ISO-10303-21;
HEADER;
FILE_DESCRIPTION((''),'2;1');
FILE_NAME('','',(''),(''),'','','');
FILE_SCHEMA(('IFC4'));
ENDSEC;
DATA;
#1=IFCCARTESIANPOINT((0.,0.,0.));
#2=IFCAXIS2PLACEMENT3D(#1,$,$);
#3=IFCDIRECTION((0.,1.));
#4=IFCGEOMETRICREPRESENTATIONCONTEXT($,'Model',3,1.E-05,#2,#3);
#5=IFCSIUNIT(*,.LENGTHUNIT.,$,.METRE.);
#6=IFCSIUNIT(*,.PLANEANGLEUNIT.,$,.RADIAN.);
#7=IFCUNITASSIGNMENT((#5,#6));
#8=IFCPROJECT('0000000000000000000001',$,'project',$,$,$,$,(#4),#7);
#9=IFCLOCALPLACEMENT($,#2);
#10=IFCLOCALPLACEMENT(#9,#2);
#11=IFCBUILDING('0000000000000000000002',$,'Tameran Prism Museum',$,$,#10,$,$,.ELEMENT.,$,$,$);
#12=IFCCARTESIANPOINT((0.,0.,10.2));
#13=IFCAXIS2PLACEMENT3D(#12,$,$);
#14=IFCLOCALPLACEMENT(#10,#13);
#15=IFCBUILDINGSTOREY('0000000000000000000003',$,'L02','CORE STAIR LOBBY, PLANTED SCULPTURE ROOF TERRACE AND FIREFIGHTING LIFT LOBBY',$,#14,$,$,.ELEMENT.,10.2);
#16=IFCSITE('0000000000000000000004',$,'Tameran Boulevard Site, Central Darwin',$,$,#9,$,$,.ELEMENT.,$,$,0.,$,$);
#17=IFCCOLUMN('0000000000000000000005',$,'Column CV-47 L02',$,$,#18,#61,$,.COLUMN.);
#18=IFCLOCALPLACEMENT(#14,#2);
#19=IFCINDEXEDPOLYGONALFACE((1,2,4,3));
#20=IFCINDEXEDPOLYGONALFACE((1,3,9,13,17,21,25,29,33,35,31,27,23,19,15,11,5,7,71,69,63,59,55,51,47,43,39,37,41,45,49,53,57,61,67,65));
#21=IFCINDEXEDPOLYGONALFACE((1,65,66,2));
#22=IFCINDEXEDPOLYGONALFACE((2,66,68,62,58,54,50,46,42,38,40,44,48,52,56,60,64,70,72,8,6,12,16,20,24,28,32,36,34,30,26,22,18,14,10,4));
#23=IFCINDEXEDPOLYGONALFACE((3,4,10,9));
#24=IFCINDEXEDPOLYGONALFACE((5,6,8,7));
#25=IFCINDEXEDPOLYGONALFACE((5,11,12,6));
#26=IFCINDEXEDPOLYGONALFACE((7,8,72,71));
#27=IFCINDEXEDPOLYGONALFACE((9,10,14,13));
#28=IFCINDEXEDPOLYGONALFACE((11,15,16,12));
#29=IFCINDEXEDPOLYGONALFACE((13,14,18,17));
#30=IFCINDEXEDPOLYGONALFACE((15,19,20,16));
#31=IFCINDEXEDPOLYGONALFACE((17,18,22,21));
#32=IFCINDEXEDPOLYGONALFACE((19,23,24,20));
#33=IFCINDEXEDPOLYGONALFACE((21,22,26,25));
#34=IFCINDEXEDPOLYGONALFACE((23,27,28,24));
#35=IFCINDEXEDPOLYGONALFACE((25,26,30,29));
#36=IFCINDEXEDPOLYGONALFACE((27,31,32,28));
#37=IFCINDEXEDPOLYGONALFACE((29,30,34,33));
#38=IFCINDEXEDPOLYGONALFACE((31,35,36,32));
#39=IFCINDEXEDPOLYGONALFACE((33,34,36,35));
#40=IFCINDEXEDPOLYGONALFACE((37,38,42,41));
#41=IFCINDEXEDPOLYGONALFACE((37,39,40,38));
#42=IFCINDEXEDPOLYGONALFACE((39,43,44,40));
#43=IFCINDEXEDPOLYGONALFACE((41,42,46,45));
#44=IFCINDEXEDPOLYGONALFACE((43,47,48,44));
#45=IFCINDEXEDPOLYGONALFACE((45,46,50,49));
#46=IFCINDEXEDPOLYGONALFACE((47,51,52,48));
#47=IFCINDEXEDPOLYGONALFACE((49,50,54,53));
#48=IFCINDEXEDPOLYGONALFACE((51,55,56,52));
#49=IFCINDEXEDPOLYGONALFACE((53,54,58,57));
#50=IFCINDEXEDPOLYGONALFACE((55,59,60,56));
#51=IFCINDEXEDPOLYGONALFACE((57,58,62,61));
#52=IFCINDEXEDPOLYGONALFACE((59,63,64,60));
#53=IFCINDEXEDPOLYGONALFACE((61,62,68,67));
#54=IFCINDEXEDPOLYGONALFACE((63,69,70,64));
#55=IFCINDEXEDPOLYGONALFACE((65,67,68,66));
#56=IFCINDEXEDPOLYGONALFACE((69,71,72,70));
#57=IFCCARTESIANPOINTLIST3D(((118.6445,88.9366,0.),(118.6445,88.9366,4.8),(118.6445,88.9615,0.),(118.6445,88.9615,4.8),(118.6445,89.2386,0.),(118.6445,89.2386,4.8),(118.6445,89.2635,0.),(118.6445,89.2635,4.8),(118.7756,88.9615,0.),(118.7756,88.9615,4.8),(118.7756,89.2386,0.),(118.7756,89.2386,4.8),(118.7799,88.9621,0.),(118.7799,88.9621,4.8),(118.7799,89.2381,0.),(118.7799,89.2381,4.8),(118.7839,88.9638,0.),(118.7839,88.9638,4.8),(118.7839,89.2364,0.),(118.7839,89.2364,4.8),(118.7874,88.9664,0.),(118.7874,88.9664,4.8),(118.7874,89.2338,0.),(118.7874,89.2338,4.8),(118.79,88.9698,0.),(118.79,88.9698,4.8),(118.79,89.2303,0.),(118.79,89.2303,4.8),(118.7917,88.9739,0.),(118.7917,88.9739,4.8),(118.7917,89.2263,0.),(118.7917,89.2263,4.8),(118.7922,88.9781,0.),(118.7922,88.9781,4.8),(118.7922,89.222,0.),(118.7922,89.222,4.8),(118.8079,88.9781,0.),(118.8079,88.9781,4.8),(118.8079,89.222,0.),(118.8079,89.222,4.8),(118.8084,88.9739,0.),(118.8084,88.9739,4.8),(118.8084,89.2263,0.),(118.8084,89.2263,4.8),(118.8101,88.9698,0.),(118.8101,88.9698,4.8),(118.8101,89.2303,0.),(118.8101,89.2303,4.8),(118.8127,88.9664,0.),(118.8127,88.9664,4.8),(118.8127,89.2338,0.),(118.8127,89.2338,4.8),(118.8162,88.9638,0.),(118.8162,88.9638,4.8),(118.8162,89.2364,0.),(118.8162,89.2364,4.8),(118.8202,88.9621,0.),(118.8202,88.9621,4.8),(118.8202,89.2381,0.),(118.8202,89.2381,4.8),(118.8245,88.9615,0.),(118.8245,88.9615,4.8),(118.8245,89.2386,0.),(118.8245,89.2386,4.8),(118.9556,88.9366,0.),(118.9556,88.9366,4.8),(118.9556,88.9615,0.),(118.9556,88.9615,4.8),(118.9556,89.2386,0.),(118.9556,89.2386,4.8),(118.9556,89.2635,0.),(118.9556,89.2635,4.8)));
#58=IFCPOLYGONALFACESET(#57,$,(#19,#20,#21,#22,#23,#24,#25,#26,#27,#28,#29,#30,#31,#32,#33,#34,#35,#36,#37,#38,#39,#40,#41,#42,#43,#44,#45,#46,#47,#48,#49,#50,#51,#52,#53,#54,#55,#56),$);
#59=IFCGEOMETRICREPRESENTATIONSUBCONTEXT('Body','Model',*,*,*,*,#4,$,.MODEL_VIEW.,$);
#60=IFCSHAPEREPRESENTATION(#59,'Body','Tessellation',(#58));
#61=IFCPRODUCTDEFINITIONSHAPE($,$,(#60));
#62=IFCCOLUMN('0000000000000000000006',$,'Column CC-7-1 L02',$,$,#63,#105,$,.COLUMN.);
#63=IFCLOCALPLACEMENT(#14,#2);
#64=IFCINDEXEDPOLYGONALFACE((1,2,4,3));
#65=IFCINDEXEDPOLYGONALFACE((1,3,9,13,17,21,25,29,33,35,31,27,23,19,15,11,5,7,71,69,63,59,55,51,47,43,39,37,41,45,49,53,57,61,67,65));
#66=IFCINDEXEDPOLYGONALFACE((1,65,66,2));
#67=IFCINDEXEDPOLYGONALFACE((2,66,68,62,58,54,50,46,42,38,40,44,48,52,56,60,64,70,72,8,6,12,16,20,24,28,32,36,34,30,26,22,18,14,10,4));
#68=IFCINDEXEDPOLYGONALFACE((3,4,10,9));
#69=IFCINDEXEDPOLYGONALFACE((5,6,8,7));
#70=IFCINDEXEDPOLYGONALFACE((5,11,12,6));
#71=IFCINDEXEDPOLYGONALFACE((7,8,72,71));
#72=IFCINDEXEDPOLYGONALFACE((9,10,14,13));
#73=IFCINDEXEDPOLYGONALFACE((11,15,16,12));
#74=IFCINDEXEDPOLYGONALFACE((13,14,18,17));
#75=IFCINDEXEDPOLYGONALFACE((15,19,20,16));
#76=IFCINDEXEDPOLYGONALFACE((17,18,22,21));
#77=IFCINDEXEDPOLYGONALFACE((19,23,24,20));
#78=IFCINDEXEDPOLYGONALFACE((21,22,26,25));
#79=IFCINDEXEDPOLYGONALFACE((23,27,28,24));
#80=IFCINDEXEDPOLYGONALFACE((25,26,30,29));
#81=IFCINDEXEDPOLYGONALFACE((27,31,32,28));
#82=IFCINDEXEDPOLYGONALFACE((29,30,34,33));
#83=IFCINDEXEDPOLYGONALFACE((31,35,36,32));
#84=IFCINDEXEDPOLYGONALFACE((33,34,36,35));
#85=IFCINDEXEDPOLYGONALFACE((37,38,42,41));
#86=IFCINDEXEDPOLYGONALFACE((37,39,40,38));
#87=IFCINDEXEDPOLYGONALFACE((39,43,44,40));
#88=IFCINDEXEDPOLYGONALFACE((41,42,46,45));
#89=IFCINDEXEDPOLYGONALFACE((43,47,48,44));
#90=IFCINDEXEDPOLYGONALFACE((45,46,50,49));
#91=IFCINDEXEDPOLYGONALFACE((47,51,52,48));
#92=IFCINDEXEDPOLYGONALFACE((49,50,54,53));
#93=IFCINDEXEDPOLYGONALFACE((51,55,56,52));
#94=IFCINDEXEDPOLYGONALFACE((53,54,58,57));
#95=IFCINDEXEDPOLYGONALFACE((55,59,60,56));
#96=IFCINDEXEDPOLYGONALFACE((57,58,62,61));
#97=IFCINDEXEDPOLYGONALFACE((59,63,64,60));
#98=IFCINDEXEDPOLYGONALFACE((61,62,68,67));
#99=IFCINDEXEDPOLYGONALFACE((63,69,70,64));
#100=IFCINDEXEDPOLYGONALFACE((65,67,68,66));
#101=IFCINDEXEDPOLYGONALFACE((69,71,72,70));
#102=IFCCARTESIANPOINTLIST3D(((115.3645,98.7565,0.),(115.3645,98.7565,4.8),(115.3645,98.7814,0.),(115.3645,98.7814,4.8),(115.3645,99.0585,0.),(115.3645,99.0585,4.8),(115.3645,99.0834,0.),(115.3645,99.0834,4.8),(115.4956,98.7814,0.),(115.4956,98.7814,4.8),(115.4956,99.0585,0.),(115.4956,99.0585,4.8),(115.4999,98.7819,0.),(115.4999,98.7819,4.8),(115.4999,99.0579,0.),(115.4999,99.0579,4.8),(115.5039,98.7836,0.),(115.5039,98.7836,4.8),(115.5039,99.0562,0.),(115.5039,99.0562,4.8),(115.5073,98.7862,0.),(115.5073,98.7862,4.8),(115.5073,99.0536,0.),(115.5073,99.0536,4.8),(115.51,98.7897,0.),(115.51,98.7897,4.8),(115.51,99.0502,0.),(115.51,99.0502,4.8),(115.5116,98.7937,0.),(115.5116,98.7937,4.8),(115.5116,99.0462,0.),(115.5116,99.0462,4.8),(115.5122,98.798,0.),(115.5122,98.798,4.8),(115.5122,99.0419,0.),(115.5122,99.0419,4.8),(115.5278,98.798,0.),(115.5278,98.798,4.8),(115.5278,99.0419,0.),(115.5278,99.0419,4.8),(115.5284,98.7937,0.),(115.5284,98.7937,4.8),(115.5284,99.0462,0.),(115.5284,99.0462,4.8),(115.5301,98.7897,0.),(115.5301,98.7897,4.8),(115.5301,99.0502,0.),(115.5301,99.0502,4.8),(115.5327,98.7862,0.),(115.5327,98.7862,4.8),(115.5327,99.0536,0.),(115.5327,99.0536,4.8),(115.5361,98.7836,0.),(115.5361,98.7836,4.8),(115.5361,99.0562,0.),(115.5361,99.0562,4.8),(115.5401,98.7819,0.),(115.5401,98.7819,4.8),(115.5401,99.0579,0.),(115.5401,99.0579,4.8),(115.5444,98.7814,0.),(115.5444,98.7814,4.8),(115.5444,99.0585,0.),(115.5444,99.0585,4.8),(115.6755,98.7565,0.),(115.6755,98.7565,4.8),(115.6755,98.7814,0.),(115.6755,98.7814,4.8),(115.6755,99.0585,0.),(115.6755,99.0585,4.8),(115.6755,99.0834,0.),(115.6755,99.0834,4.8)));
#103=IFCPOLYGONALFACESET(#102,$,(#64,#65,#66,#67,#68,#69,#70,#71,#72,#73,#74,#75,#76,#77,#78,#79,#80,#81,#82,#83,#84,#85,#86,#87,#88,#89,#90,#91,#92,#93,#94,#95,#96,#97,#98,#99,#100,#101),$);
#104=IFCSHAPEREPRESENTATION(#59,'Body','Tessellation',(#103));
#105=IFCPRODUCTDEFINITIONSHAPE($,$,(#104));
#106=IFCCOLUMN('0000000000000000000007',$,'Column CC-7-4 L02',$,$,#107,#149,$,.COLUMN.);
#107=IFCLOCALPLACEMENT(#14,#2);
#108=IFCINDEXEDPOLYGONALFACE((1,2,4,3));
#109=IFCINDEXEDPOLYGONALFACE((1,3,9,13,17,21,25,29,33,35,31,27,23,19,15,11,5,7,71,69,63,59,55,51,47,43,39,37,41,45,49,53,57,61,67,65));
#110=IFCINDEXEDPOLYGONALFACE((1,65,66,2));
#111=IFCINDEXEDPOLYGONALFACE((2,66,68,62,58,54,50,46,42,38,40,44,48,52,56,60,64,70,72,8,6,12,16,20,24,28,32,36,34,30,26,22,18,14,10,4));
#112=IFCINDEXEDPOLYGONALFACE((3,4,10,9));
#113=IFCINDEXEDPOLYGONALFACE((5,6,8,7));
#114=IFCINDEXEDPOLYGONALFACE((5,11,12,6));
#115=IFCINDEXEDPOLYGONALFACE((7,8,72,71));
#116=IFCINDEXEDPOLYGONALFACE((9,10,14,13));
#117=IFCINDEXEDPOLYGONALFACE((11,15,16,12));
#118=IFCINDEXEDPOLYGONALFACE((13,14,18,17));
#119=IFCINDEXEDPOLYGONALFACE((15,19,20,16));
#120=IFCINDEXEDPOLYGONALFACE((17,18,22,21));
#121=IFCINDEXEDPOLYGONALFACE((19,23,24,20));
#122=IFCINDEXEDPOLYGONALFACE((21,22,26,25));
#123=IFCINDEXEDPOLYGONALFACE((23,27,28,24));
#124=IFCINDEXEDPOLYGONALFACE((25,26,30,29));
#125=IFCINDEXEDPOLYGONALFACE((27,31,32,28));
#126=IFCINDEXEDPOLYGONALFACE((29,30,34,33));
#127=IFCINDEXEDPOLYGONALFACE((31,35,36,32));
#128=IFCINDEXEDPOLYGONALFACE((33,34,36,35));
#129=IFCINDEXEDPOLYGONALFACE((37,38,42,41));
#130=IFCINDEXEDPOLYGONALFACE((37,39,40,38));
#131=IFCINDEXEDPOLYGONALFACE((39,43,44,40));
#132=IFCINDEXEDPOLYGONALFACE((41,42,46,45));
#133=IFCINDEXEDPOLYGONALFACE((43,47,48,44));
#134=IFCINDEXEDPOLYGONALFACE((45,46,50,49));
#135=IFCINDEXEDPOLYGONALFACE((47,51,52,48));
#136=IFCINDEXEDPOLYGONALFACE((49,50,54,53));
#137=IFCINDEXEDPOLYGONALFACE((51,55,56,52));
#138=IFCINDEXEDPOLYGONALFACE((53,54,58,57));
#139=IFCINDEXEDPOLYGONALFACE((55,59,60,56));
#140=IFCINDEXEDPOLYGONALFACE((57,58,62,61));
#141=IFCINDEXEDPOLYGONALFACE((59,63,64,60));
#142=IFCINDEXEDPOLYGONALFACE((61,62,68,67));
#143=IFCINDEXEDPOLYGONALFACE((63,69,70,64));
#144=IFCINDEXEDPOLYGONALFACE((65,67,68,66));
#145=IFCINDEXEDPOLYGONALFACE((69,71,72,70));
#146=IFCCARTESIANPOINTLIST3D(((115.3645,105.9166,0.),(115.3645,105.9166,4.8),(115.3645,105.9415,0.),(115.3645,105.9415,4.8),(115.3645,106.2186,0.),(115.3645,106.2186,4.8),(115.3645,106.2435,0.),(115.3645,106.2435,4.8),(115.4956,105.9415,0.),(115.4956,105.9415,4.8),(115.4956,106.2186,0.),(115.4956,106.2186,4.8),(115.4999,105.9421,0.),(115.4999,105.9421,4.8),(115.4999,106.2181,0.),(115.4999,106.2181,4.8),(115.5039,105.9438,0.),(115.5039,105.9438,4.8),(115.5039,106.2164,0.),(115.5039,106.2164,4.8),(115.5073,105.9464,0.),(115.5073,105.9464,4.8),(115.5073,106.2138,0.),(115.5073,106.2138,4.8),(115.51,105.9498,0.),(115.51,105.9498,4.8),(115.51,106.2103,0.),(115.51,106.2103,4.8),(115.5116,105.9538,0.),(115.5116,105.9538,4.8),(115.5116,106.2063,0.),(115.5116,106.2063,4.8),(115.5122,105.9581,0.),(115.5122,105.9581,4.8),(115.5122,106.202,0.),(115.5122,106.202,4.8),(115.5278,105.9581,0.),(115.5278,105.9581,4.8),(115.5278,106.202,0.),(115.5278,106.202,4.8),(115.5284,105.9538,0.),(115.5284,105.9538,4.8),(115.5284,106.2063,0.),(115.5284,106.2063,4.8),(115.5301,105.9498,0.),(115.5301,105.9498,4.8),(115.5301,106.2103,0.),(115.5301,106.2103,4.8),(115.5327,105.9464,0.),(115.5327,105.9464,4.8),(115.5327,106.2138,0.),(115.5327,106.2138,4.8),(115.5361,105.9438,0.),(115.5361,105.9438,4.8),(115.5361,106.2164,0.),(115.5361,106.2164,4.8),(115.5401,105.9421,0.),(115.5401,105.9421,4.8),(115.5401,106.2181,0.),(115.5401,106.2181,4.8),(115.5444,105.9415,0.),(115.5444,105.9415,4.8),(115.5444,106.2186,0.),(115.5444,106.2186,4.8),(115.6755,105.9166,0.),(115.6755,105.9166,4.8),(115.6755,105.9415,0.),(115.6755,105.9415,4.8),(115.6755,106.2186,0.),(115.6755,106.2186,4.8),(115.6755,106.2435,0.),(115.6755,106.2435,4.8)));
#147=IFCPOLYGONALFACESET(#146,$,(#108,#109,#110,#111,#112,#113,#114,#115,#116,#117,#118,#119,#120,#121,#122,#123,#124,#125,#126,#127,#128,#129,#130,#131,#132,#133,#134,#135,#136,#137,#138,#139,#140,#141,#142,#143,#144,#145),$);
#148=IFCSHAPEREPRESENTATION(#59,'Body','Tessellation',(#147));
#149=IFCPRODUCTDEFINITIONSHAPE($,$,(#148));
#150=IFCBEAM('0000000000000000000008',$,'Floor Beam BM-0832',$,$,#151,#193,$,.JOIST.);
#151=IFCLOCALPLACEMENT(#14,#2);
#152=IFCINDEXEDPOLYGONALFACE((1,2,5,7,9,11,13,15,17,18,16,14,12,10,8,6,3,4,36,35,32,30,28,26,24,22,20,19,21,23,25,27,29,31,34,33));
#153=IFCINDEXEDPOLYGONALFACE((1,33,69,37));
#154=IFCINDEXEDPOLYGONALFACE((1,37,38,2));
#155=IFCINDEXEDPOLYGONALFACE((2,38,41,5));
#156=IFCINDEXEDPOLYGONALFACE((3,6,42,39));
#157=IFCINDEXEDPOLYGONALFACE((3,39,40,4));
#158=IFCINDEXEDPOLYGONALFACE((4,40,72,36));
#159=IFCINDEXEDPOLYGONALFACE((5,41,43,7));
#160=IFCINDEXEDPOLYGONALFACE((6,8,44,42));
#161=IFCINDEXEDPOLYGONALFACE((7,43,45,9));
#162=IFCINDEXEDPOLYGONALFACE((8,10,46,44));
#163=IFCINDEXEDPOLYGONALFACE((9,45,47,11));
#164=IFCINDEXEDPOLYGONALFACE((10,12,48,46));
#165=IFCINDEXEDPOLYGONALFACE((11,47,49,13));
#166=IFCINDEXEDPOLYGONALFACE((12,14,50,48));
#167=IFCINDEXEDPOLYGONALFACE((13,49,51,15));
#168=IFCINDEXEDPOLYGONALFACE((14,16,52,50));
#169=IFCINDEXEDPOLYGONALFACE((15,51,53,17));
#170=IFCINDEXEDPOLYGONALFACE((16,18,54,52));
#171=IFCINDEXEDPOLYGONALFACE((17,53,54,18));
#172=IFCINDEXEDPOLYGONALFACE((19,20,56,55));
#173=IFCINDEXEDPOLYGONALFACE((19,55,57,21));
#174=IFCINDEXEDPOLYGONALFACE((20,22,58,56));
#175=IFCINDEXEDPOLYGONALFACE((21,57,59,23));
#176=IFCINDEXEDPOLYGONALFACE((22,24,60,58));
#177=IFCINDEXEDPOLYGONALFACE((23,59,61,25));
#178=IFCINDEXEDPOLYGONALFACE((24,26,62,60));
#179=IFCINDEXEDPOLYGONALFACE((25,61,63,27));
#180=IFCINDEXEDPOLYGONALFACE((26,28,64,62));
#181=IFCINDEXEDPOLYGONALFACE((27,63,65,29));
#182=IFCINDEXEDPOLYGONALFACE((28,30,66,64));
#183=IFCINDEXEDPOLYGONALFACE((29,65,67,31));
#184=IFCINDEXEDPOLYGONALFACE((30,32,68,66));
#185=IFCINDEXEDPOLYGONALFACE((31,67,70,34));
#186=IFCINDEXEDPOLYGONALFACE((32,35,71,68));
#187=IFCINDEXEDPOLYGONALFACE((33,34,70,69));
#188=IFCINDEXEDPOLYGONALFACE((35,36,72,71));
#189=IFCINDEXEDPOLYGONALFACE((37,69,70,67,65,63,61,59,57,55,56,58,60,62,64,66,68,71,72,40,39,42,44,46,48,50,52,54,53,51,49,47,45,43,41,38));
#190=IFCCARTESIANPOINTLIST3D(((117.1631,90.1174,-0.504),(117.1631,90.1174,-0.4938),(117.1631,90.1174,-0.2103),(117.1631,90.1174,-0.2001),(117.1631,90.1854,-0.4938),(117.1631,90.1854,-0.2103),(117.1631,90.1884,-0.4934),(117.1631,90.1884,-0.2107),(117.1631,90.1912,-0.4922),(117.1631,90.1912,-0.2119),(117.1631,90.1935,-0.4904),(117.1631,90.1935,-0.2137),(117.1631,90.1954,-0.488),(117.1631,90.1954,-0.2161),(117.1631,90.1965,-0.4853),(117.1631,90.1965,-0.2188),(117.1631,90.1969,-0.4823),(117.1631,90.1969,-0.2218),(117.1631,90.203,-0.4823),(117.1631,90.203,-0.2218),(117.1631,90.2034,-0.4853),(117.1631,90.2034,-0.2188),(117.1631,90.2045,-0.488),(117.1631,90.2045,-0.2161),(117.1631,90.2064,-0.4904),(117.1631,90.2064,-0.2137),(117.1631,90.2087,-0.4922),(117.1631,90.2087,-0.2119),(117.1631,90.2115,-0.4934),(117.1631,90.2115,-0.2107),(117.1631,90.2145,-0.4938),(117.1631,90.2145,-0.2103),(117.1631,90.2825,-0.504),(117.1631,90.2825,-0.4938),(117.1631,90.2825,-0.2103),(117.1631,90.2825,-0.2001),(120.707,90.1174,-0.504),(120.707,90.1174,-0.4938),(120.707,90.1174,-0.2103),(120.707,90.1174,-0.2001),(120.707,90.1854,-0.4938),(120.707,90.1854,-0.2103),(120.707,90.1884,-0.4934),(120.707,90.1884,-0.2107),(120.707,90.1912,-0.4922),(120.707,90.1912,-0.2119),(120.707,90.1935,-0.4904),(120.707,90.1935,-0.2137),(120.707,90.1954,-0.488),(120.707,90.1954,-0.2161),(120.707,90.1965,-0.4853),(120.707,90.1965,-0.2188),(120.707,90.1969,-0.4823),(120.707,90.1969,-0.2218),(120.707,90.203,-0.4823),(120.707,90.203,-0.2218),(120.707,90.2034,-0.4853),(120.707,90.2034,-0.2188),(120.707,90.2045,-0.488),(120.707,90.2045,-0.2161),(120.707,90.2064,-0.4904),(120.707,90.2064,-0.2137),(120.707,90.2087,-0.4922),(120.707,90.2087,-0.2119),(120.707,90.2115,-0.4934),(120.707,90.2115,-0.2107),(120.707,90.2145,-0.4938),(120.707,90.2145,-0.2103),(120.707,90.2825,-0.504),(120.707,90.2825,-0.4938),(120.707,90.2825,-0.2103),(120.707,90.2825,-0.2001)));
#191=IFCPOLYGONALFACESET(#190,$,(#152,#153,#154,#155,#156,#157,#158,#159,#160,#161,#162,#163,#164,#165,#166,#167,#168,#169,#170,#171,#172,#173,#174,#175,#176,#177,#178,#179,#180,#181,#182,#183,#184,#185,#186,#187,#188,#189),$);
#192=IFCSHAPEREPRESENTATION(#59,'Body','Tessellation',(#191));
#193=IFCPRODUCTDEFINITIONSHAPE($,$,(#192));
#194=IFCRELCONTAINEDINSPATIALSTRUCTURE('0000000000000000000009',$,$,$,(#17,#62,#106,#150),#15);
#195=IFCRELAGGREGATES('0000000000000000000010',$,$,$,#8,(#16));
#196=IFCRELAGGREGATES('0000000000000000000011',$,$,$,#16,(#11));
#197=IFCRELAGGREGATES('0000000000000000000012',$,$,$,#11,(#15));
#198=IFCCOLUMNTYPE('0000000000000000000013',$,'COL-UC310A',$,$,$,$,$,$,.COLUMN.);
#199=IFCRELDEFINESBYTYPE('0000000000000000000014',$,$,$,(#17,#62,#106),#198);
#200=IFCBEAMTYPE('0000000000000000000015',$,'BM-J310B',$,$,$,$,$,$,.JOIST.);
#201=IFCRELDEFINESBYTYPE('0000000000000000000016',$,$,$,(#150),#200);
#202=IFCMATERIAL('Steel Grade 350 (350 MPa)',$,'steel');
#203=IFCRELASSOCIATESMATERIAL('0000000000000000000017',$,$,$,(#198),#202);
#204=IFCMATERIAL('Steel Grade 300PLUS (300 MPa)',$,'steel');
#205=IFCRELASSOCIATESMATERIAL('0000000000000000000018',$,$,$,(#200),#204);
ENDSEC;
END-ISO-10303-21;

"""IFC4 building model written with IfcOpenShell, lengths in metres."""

from ifc_helpers import new_model, si_unit, direction, frame, origin, origin_2d, place, context, subcontext, project, spatial, i_section, extrude, material, material_profile, profile_set, type_object, element, save


model = new_model("IFC4")

# Units and contexts
model_context = context("Model", 3, precision=1e-05, world=origin(), true_north=direction((0.0, 1.0)))
body_context = subcontext(model_context, "Body", "Model", "MODEL_VIEW")
ifc_project = project(units=[si_unit("LENGTHUNIT", "METRE"), si_unit("PLANEANGLEUNIT", "RADIAN")], contexts=[model_context])

# Site, building, storey
site_placement = place(None, origin())
site = spatial("IfcSite", under=ifc_project, at=site_placement, Name="Tameran Boulevard Site, Central Darwin", CompositionType="ELEMENT", RefElevation=0.0)
building_placement = place(site_placement, origin())
building = spatial("IfcBuilding", under=site, at=building_placement, Name="Tameran Prism Museum", CompositionType="ELEMENT")
storey_placement = place(building_placement, frame((0.0, 0.0, 10.2)))
storey = spatial("IfcBuildingStorey", under=building, at=storey_placement, Name="L02", Description="CORE STAIR LOBBY, PLANTED SCULPTURE ROOF TERRACE AND FIREFIGHTING LIFT LOBBY", CompositionType="ELEMENT", Elevation=10.2)

# Columns
ifc_material_1 = material(Name="Steel Grade 350 (350 MPa)", Category="steel")
ifc_material_profile_1 = material_profile(ifc_material_1, i_section(OverallWidth=0.311, OverallDepth=0.3269, WebThickness=0.0156, FlangeThickness=0.0249, FilletRadius=0.0166, at=origin_2d()))
ifc_profile_set_1 = profile_set([ifc_material_profile_1])
column_type = type_object("IfcColumnType", Name="COL-UC310A", PredefinedType="COLUMN", material=ifc_profile_set_1)
for number, where, z_axis, x_axis, name in (
    (1, (118.8, 89.1001, 0.0), (0.0, 0.0, 1.0), (1.0, 0.0, 0.0), "Column CV-47 L02"),
    (2, (115.52, 98.9199, 0.0), (0.0, 0.0, 1.0), (1.0, 0.0, 0.0), "Column CC-7-1 L02"),
    (3, (115.52, 106.0801, 0.0), (0.0, 0.0, 1.0), (1.0, 0.0, 0.0), "Column CC-7-4 L02"),
):
    element("IfcColumn", number, at=place(storey_placement, frame(where, z_axis=z_axis, x_axis=x_axis)), inside=storey, type_object=column_type, Name=name, PredefinedType="COLUMN", context=body_context, shape_type="SweptSolid", body=[
        extrude(i_section(OverallWidth=0.311, OverallDepth=0.3269, WebThickness=0.0156, FlangeThickness=0.0249, FilletRadius=0.0166, at=origin_2d()), origin(), (0.0, 0.0, 1.0), 4.8),
    ])

# Beam
ifc_material_2 = material(Name="Steel Grade 300PLUS (300 MPa)", Category="steel")
ifc_material_profile_2 = material_profile(ifc_material_2, i_section(OverallWidth=0.165, OverallDepth=0.304, WebThickness=0.0061, FlangeThickness=0.0103, FilletRadius=0.0115, at=origin_2d()))
ifc_profile_set_2 = profile_set([ifc_material_profile_2])
beam_type_1 = type_object("IfcBeamType", Name="BM-J310B", PredefinedType="JOIST", material=ifc_profile_set_2)
beam_1_placement = place(storey_placement, frame((117.1631, 90.2, -0.3521), z_axis=(1.0, 0.0, 0.0), x_axis=(0.0, 1.0, 0.0)))
element("IfcBeam", 4, at=beam_1_placement, inside=storey, type_object=beam_type_1, Name="Floor Beam BM-0832", PredefinedType="JOIST", context=body_context, shape_type="SweptSolid", body=[
    extrude(i_section(OverallWidth=0.165, OverallDepth=0.304, WebThickness=0.0061, FlangeThickness=0.0103, FilletRadius=0.0115, at=origin_2d()), origin(), (0.0, 0.0, 1.0), 3.5439),
])

save(model, "model.ifc")
